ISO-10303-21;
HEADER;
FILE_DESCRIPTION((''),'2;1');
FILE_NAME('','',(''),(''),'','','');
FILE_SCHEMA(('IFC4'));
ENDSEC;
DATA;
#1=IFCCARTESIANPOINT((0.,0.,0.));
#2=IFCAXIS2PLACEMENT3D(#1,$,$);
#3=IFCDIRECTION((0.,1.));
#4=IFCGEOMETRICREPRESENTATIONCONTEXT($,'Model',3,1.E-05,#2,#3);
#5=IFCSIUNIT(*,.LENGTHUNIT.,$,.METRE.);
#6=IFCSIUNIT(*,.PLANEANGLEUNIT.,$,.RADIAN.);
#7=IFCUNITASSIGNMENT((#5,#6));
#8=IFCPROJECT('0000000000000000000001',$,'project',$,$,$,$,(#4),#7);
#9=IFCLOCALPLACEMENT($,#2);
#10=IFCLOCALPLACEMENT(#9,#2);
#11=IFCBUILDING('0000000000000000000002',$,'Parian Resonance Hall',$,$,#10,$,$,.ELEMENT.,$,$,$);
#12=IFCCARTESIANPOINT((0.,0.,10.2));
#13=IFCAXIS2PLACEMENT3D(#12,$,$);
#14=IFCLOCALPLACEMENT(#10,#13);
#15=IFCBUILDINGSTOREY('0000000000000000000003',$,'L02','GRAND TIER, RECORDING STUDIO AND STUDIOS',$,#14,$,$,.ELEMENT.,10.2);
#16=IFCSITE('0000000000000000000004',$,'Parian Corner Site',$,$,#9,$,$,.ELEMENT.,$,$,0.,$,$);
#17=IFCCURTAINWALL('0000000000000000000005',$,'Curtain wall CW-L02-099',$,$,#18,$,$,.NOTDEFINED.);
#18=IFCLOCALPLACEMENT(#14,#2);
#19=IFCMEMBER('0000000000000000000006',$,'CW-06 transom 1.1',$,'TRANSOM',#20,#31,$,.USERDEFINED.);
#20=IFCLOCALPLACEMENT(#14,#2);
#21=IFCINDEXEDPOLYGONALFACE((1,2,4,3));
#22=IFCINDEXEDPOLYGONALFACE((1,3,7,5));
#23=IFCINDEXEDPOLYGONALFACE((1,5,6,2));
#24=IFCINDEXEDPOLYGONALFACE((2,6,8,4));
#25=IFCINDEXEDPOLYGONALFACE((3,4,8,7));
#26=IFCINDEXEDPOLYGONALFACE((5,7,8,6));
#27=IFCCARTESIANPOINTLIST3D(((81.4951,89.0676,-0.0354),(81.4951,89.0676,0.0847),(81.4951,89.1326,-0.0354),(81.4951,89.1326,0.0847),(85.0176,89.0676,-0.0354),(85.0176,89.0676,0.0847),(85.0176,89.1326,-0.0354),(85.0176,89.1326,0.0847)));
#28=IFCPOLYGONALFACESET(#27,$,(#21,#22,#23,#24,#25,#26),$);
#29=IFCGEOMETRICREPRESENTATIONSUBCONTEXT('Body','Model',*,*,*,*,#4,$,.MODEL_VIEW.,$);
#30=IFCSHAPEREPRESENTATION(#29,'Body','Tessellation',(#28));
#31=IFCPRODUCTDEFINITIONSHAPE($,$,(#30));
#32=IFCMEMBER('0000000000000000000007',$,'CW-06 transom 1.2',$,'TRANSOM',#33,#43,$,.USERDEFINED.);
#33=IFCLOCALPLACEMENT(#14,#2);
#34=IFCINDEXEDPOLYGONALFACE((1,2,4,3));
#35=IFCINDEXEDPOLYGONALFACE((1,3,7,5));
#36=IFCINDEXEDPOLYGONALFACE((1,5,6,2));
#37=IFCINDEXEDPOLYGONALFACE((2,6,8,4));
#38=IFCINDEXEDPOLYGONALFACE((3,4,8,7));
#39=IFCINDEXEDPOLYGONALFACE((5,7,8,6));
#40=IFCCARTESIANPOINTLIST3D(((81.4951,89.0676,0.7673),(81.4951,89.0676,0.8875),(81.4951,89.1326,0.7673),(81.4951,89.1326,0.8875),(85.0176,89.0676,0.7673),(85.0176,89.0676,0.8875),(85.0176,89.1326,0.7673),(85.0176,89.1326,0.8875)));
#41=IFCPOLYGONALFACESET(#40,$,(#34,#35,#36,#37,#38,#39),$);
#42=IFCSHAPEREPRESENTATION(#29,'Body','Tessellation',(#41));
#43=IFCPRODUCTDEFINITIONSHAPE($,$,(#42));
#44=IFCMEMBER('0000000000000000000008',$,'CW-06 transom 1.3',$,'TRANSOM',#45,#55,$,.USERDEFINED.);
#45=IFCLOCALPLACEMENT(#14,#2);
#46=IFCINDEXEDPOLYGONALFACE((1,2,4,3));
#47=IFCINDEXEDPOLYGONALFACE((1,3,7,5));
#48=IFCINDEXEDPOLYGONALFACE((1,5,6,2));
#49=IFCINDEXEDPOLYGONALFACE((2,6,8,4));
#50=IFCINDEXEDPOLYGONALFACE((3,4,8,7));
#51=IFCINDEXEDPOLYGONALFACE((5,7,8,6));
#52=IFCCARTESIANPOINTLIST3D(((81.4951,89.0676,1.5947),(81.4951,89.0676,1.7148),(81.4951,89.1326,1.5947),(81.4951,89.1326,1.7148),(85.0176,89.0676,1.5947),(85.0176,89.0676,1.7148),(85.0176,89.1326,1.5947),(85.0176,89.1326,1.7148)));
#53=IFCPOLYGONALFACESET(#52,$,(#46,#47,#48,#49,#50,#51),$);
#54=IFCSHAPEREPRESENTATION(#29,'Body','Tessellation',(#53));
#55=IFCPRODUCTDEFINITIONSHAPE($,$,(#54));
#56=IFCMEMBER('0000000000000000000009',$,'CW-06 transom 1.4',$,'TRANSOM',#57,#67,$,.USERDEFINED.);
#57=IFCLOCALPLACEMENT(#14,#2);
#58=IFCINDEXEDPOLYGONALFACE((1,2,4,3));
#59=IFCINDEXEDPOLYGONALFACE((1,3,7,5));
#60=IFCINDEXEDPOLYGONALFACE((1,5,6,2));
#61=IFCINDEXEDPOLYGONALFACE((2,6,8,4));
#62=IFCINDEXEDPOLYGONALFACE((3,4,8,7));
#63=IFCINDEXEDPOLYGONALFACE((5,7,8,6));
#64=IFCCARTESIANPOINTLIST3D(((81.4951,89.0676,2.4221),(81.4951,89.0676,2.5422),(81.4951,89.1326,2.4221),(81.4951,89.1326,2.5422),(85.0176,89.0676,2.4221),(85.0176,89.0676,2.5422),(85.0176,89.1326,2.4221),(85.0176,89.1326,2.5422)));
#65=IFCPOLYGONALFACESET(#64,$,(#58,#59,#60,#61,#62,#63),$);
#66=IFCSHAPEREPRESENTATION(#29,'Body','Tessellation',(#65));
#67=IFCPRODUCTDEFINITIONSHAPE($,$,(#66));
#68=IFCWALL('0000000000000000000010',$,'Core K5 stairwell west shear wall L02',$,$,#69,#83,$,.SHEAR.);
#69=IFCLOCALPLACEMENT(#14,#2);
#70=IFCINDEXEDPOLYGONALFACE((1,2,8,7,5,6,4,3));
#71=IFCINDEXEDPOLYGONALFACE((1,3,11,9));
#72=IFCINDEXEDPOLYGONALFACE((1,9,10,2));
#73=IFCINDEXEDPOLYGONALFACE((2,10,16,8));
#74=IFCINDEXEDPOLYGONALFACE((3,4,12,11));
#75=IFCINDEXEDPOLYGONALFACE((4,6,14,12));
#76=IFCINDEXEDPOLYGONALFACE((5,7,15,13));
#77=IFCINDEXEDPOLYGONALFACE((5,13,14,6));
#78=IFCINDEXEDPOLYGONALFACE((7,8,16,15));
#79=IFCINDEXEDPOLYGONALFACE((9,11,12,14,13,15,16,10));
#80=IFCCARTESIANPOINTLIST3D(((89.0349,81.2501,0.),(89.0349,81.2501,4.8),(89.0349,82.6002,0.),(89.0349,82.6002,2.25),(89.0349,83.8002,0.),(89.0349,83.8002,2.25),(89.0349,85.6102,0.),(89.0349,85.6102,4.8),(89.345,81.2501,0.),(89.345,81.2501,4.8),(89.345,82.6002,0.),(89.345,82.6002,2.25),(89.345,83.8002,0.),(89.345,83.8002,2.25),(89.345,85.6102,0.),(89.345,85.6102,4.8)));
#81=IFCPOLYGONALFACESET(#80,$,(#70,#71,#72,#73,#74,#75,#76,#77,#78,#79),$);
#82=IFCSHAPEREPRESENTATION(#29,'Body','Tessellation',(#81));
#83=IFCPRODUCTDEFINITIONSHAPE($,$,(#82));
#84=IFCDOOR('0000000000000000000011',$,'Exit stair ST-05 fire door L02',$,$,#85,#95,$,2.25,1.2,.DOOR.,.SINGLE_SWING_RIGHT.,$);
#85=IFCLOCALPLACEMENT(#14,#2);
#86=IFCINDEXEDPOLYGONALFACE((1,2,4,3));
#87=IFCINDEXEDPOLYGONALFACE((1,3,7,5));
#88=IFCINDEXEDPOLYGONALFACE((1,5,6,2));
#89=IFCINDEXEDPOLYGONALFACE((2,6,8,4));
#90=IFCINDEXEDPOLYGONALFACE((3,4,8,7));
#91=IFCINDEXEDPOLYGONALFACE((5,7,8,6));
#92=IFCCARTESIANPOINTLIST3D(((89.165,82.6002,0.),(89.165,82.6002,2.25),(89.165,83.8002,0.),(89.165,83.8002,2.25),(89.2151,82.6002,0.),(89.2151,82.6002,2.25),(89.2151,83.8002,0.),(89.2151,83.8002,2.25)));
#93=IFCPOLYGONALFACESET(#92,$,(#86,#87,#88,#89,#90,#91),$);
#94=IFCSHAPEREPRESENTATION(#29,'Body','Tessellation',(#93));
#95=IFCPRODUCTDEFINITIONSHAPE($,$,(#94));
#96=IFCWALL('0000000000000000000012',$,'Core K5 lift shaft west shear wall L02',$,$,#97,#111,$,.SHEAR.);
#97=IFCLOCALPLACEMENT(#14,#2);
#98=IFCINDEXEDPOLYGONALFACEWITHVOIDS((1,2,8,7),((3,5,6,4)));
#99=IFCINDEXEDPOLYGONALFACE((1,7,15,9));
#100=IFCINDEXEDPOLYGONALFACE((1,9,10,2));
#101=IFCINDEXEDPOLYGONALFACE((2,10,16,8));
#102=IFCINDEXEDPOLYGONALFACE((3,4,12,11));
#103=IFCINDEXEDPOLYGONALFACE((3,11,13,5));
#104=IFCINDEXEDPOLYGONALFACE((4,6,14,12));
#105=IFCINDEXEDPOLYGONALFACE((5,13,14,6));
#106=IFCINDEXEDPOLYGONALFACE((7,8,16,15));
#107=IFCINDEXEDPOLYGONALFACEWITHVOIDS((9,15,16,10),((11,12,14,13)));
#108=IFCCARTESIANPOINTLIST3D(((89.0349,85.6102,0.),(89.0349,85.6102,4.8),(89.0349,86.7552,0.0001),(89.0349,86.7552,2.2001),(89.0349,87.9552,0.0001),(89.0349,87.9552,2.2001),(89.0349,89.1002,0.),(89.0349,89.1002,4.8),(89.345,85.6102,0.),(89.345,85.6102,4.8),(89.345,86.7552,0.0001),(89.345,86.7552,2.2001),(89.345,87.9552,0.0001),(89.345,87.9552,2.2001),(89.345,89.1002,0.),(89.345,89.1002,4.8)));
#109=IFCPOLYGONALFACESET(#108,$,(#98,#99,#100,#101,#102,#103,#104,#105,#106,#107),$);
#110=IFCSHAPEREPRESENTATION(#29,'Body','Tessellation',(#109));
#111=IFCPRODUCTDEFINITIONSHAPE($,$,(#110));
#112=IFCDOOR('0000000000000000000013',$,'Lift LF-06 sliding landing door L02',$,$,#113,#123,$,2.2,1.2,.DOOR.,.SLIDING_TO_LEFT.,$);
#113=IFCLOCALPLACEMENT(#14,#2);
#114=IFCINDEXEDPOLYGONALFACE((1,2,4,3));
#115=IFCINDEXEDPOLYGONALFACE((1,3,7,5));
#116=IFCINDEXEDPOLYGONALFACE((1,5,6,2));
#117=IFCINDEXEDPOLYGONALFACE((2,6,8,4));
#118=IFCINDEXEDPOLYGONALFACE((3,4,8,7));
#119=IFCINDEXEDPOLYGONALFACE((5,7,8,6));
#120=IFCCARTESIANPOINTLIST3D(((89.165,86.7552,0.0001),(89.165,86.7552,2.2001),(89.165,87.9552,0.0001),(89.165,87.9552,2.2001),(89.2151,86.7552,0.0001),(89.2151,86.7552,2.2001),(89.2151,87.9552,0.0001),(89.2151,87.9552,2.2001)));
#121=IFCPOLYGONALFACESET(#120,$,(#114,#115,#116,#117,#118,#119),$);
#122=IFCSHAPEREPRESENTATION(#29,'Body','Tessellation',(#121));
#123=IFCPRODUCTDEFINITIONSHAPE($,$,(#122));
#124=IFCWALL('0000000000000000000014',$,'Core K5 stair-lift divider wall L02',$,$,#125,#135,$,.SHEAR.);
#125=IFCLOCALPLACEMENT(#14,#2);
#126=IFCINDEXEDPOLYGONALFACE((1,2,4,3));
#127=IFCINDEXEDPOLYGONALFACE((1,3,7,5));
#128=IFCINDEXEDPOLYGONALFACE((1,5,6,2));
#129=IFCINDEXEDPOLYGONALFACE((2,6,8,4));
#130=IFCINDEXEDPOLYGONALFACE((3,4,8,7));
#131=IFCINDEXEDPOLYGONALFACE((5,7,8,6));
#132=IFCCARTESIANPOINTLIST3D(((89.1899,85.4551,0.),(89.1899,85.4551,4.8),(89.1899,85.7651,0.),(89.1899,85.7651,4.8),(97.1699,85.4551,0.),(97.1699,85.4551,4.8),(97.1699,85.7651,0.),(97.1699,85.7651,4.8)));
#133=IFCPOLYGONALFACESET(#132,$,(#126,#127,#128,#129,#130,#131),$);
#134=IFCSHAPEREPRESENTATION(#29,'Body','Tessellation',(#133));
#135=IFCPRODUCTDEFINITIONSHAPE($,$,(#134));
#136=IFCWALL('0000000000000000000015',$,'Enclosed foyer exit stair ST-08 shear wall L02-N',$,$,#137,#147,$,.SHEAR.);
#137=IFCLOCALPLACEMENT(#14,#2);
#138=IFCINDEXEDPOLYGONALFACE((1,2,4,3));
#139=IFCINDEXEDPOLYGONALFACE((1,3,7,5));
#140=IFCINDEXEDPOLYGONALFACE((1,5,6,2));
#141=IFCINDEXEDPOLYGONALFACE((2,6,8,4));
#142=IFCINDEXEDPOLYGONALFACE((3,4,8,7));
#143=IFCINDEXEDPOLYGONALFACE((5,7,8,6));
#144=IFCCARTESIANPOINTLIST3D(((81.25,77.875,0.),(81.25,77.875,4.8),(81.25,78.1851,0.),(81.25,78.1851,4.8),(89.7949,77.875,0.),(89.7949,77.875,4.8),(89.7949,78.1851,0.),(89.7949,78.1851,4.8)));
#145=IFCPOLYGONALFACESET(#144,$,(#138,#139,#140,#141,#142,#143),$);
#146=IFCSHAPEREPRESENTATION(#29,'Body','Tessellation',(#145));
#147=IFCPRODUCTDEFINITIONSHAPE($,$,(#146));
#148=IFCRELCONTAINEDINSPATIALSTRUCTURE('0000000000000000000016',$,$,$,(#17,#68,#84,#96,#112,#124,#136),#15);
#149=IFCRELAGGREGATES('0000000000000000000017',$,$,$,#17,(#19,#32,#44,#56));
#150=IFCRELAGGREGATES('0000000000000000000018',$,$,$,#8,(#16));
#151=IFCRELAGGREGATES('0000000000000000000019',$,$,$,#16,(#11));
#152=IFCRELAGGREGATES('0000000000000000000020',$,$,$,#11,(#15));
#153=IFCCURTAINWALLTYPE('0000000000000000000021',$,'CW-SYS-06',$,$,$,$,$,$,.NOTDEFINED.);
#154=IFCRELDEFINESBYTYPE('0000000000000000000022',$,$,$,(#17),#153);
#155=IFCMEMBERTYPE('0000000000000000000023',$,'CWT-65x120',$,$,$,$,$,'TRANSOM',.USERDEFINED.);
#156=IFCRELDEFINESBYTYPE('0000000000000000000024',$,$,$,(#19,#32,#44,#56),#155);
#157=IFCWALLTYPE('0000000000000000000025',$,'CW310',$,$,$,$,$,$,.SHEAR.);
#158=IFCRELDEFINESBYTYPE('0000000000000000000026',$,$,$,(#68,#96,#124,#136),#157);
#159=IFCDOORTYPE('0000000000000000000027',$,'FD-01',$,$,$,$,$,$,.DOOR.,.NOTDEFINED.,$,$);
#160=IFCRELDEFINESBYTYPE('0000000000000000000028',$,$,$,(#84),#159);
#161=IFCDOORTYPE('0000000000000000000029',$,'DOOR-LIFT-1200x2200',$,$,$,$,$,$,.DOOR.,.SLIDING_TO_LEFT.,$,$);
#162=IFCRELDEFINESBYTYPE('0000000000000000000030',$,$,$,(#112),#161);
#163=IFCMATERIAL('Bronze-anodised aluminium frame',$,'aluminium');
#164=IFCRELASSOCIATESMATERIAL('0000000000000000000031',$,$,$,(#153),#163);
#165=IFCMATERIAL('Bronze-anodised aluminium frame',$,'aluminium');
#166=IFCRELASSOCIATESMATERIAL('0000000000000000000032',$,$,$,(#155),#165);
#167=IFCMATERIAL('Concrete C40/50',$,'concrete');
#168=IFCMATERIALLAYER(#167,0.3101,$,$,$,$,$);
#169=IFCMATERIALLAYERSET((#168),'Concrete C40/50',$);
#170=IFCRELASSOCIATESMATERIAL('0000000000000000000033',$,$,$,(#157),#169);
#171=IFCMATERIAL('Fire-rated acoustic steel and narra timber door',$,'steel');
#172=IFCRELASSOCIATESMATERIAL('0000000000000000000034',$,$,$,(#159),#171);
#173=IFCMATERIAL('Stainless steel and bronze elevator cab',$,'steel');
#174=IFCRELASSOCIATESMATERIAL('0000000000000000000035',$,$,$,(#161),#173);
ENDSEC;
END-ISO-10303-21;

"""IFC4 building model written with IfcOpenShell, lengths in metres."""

from ifc_helpers import new_model, si_unit, direction, frame, frame_2d, origin, origin_2d, place, context, subcontext, project, spatial, rectangle, extrude, material, layer, layer_set, material_profile, profile_set, type_object, element, fill, aggregate, save


model = new_model("IFC4")

# Units and contexts
model_context = context("Model", 3, precision=1e-05, world=origin(), true_north=direction((0.0, 1.0)))
body_context = subcontext(model_context, "Body", "Model", "MODEL_VIEW")
ifc_project = project(units=[si_unit("LENGTHUNIT", "METRE"), si_unit("PLANEANGLEUNIT", "RADIAN")], contexts=[model_context])

# Site, building, storey
site_placement = place(None, origin())
site = spatial("IfcSite", under=ifc_project, at=site_placement, Name="Parian Corner Site", CompositionType="ELEMENT", RefElevation=0.0)
building_placement = place(site_placement, origin())
building = spatial("IfcBuilding", under=site, at=building_placement, Name="Parian Resonance Hall", CompositionType="ELEMENT")
storey_placement = place(building_placement, frame((0.0, 0.0, 10.2)))
storey = spatial("IfcBuildingStorey", under=building, at=storey_placement, Name="L02", Description="GRAND TIER, RECORDING STUDIO AND STUDIOS", CompositionType="ELEMENT", Elevation=10.2)

# Curtain wall, members
ifc_material_1 = material(Name="Bronze-anodised aluminium frame", Category="aluminium")
curtain_wall_type = type_object("IfcCurtainWallType", Name="CW-SYS-06", PredefinedType="NOTDEFINED", material=ifc_material_1)
curtain_wall_placement = place(storey_placement, origin())
curtain_wall = element("IfcCurtainWall", 1, at=curtain_wall_placement, inside=storey, type_object=curtain_wall_type, Name="Curtain wall CW-L02-099", PredefinedType="NOTDEFINED")
ifc_material_2 = material(Name="Bronze-anodised aluminium frame", Category="aluminium")
ifc_material_profile_1 = material_profile(ifc_material_2, rectangle(XDim=0.0649, YDim=0.1201, at=origin_2d()), Name="CWT-65x120")
ifc_profile_set_1 = profile_set([ifc_material_profile_1], Name="Bronze-anodised aluminium frame")
member_type_1 = type_object("IfcMemberType", Name="CWT-65x120", ElementType="TRANSOM", PredefinedType="USERDEFINED", material=ifc_profile_set_1)
member_1_placement = place(storey_placement, frame((81.4951, 89.1001, 0.0247), z_axis=(1.0, 0.0, 0.0), x_axis=(0.0, 1.0, 0.0)))
member_1 = element("IfcMember", 2, at=member_1_placement, type_object=member_type_1, Name="CW-06 transom 1.1", ObjectType="TRANSOM", PredefinedType="USERDEFINED", context=body_context, shape_type="SweptSolid", body=[
    extrude(rectangle(XDim=0.0649, YDim=0.1201, at=origin_2d()), origin(), (0.0, 0.0, 1.0), 3.5225),
])
member_2_placement = place(storey_placement, frame((81.4951, 89.1001, 0.8274), z_axis=(1.0, 0.0, 0.0), x_axis=(0.0, 1.0, 0.0)))
member_2 = element("IfcMember", 3, at=member_2_placement, type_object=member_type_1, Name="CW-06 transom 1.2", ObjectType="TRANSOM", PredefinedType="USERDEFINED", context=body_context, shape_type="SweptSolid", body=[
    extrude(rectangle(XDim=0.0649, YDim=0.1201, at=origin_2d()), origin(), (0.0, 0.0, 1.0), 3.5225),
])
member_3_placement = place(storey_placement, frame((81.4951, 89.1001, 1.6548), z_axis=(1.0, 0.0, 0.0), x_axis=(0.0, 1.0, 0.0)))
member_3 = element("IfcMember", 4, at=member_3_placement, type_object=member_type_1, Name="CW-06 transom 1.3", ObjectType="TRANSOM", PredefinedType="USERDEFINED", context=body_context, shape_type="SweptSolid", body=[
    extrude(rectangle(XDim=0.0649, YDim=0.1201, at=origin_2d()), origin(), (0.0, 0.0, 1.0), 3.5225),
])
member_4_placement = place(storey_placement, frame((81.4951, 89.1001, 2.4822), z_axis=(1.0, 0.0, 0.0), x_axis=(0.0, 1.0, 0.0)))
member_4 = element("IfcMember", 5, at=member_4_placement, type_object=member_type_1, Name="CW-06 transom 1.4", ObjectType="TRANSOM", PredefinedType="USERDEFINED", context=body_context, shape_type="SweptSolid", body=[
    extrude(rectangle(XDim=0.0649, YDim=0.1201, at=origin_2d()), origin(), (0.0, 0.0, 1.0), 3.5225),
])
aggregate(curtain_wall, [member_1, member_2, member_3, member_4])

# Walls, openings, doors
ifc_material_3 = material(Name="Concrete C40/50", Category="concrete")
ifc_layer = layer(ifc_material_3, 0.3101)
ifc_layer_set = layer_set([ifc_layer], Name="Concrete C40/50")
wall_type = type_object("IfcWallType", Name="CW310", PredefinedType="SHEAR", material=ifc_layer_set)
wall_1_placement = place(storey_placement, frame((89.1899, 81.25, 0.0), z_axis=(0.0, 0.0, 1.0), x_axis=(0.0, 1.0, 0.0)))
wall_1 = element("IfcWall", 6, at=wall_1_placement, inside=storey, type_object=wall_type, Name="Core K5 stairwell west shear wall L02", PredefinedType="SHEAR", context=body_context, shape_type="SweptSolid", body=[
    extrude(rectangle(XDim=4.3601, YDim=0.3101, at=frame_2d((2.1802, 0.0))), origin(), (0.0, 0.0, 1.0), 4.8),
])
opening_1_placement = place(wall_1_placement, frame((1.3501, 0.0, 0.0)))
opening_1 = element("IfcOpeningElement", 7, at=opening_1_placement, cuts=wall_1, PredefinedType="OPENING", context=body_context, shape_type="SweptSolid", body=[
    extrude(rectangle(XDim=1.2, YDim=2.25, at=frame_2d((0.6001, 1.125))), frame((0.0, 0.165, 0.0), z_axis=(0.0, -1.0, 0.0), x_axis=(1.0, 0.0, 0.0)), (0.0, 0.0, 1.0), 0.3301),
])
ifc_material_4 = material(Name="Fire-rated acoustic steel and narra timber door", Category="steel")
door_type_1 = type_object("IfcDoorType", Name="FD-01", OperationType="NOTDEFINED", PredefinedType="DOOR", material=ifc_material_4)
door_1_placement = place(opening_1_placement, origin())
door_1 = element("IfcDoor", 8, at=door_1_placement, inside=storey, type_object=door_type_1, Name="Exit stair ST-05 fire door L02", OperationType="SINGLE_SWING_RIGHT", OverallHeight=2.25, OverallWidth=1.2, PredefinedType="DOOR", context=body_context, shape_type="SweptSolid", body=[
    extrude(rectangle(XDim=1.2, YDim=2.25, at=frame_2d((0.6001, 1.125))), frame((0.0, 0.0249, 0.0), z_axis=(0.0, -1.0, 0.0), x_axis=(1.0, 0.0, 0.0)), (0.0, 0.0, 1.0), 0.05),
])
fill(opening_1, door_1)
wall_2_placement = place(storey_placement, frame((89.1899, 85.6101, 0.0), z_axis=(0.0, 0.0, 1.0), x_axis=(0.0, 1.0, 0.0)))
wall_2 = element("IfcWall", 9, at=wall_2_placement, inside=storey, type_object=wall_type, Name="Core K5 lift shaft west shear wall L02", PredefinedType="SHEAR", context=body_context, shape_type="SweptSolid", body=[
    extrude(rectangle(XDim=3.49, YDim=0.3101, at=frame_2d((1.7451, 0.0))), origin(), (0.0, 0.0, 1.0), 4.8),
])
opening_2_placement = place(wall_2_placement, frame((1.145, 0.0, 0.0)))
opening_2 = element("IfcOpeningElement", 10, at=opening_2_placement, cuts=wall_2, PredefinedType="OPENING", context=body_context, shape_type="SweptSolid", body=[
    extrude(rectangle(XDim=1.2, YDim=2.2, at=frame_2d((0.6001, 1.1001))), frame((0.0, 0.165, 0.0), z_axis=(0.0, -1.0, 0.0), x_axis=(1.0, 0.0, 0.0)), (0.0, 0.0, 1.0), 0.3301),
])
ifc_material_5 = material(Name="Stainless steel and bronze elevator cab", Category="steel")
door_type_2 = type_object("IfcDoorType", Name="DOOR-LIFT-1200x2200", OperationType="SLIDING_TO_LEFT", PredefinedType="DOOR", material=ifc_material_5)
door_2_placement = place(opening_2_placement, origin())
door_2 = element("IfcDoor", 11, at=door_2_placement, inside=storey, type_object=door_type_2, Name="Lift LF-06 sliding landing door L02", OperationType="SLIDING_TO_LEFT", OverallHeight=2.2, OverallWidth=1.2, PredefinedType="DOOR", context=body_context, shape_type="SweptSolid", body=[
    extrude(rectangle(XDim=1.2, YDim=2.2, at=frame_2d((0.6001, 1.1001))), frame((0.0, 0.0249, 0.0), z_axis=(0.0, -1.0, 0.0), x_axis=(1.0, 0.0, 0.0)), (0.0, 0.0, 1.0), 0.05),
])
fill(opening_2, door_2)

# Walls
wall_3_placement = place(storey_placement, frame((89.1899, 85.6101, 0.0), z_axis=(0.0, 0.0, 1.0), x_axis=(1.0, 0.0, 0.0)))
element("IfcWall", 12, at=wall_3_placement, inside=storey, type_object=wall_type, Name="Core K5 stair-lift divider wall L02", PredefinedType="SHEAR", context=body_context, shape_type="SweptSolid", body=[
    extrude(rectangle(XDim=7.98, YDim=0.3101, at=frame_2d((3.99, 0.0))), origin(), (0.0, 0.0, 1.0), 4.8),
])
wall_4_placement = place(storey_placement, frame((89.7949, 78.03, 0.0), z_axis=(0.0, 0.0, 1.0), x_axis=(-1.0, 0.0, 0.0)))
element("IfcWall", 13, at=wall_4_placement, inside=storey, type_object=wall_type, Name="Enclosed foyer exit stair ST-08 shear wall L02-N", PredefinedType="SHEAR", context=body_context, shape_type="SweptSolid", body=[
    extrude(rectangle(XDim=8.5449, YDim=0.3101, at=frame_2d((4.2725, 0.0))), origin(), (0.0, 0.0, 1.0), 4.8),
])

save(model, "model.ifc")
